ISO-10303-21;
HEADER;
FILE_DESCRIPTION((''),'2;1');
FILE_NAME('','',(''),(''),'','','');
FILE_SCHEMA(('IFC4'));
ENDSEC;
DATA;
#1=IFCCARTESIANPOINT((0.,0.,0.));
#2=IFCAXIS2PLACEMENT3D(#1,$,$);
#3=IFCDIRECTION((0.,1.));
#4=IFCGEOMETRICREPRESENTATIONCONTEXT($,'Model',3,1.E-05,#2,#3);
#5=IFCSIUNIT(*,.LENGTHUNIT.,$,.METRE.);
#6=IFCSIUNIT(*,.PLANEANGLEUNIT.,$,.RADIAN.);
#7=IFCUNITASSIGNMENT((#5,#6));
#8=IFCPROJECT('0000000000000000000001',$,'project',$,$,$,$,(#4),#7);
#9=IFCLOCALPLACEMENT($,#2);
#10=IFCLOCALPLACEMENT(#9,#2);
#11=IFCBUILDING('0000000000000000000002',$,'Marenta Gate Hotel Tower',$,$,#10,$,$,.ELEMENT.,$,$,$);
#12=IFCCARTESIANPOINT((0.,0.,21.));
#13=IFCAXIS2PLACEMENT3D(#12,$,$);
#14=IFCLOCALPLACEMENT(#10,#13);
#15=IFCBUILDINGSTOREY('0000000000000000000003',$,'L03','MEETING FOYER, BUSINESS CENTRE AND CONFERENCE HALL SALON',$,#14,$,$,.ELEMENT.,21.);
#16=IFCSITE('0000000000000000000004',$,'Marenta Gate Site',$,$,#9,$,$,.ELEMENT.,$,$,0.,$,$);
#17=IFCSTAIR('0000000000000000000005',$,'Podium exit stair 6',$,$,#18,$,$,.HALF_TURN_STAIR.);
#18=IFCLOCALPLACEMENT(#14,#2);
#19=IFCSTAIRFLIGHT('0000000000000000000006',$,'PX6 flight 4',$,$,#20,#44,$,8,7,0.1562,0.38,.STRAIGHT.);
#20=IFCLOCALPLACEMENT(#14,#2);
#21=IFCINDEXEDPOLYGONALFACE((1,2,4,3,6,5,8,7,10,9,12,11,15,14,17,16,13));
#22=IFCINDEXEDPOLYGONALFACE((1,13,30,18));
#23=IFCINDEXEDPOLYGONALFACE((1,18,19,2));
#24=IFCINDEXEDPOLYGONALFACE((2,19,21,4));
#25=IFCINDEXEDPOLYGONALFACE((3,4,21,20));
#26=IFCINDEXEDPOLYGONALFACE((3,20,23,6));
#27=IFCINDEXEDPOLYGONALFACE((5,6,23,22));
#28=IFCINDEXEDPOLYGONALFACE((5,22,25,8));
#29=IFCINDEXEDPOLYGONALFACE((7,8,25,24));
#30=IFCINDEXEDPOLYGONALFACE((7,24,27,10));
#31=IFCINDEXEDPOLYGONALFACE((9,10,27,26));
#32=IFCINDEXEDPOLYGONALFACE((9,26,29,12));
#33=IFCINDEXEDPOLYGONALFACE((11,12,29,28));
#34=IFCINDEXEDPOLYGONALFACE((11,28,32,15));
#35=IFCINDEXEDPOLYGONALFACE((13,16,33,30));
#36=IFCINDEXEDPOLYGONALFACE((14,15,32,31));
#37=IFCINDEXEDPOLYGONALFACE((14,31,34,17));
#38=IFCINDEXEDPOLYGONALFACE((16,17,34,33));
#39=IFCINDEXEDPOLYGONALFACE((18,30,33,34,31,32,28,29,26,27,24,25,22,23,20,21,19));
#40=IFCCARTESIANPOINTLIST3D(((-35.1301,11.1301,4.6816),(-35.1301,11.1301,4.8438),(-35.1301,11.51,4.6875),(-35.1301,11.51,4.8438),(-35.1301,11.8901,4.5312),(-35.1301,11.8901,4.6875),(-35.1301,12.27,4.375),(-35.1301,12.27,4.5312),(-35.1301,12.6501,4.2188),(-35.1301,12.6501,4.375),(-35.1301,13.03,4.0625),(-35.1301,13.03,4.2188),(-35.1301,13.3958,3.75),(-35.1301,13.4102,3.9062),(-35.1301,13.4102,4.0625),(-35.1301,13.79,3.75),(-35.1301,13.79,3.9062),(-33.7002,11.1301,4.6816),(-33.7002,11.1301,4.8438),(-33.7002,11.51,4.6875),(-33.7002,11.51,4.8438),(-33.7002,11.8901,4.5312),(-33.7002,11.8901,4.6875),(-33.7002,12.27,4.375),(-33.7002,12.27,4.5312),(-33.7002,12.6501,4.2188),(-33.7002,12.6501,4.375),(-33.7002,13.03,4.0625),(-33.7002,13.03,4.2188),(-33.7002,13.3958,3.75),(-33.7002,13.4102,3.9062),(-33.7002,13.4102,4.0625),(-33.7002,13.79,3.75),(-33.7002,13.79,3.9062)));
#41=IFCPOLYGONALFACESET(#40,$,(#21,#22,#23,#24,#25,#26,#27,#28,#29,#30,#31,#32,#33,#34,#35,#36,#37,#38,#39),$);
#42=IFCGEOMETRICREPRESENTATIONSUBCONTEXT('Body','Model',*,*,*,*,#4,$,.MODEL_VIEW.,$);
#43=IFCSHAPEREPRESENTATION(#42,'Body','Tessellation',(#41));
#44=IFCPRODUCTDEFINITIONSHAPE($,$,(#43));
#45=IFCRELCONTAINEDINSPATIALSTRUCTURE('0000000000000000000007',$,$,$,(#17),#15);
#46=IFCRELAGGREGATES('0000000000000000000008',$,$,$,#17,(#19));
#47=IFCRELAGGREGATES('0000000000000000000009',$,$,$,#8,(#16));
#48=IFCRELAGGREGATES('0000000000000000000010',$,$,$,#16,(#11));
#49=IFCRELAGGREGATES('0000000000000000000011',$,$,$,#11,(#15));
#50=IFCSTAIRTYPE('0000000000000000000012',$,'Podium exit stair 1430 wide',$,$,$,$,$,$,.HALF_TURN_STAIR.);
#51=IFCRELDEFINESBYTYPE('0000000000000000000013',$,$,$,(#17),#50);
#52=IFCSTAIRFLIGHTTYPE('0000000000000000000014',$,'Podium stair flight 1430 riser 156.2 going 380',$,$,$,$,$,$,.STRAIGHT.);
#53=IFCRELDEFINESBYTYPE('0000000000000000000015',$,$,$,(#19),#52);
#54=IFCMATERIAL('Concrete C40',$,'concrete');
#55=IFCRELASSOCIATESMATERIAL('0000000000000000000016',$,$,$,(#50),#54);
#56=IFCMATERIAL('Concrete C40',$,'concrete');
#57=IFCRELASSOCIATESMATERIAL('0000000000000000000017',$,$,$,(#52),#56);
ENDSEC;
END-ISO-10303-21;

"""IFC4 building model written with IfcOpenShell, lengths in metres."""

from ifc_helpers import new_model, si_unit, direction, frame, origin, place, context, subcontext, project, spatial, polyline, outline, extrude, material, type_object, element, aggregate, save


model = new_model("IFC4")

# Units and contexts
model_context = context("Model", 3, precision=1e-05, world=origin(), true_north=direction((0.0, 1.0)))
body_context = subcontext(model_context, "Body", "Model", "MODEL_VIEW")
ifc_project = project(units=[si_unit("LENGTHUNIT", "METRE"), si_unit("PLANEANGLEUNIT", "RADIAN")], contexts=[model_context])

# Site, building, storey
site_placement = place(None, origin())
site = spatial("IfcSite", under=ifc_project, at=site_placement, Name="Marenta Gate Site", CompositionType="ELEMENT", RefElevation=0.0)
building_placement = place(site_placement, origin())
building = spatial("IfcBuilding", under=site, at=building_placement, Name="Marenta Gate Hotel Tower", CompositionType="ELEMENT")
storey_placement = place(building_placement, frame((0.0, 0.0, 21.0)))
storey = spatial("IfcBuildingStorey", under=building, at=storey_placement, Name="L03", Description="MEETING FOYER, BUSINESS CENTRE AND CONFERENCE HALL SALON", CompositionType="ELEMENT", Elevation=21.0)

# Stair, stair flight
ifc_material_1 = material(Name="Concrete C40", Category="concrete")
stair_type = type_object("IfcStairType", Name="Podium exit stair 1430 wide", PredefinedType="HALF_TURN_STAIR", material=ifc_material_1)
stair_placement = place(storey_placement, origin())
stair = element("IfcStair", 1, at=stair_placement, inside=storey, type_object=stair_type, Name="Podium exit stair 6", PredefinedType="HALF_TURN_STAIR")
ifc_material_2 = material(Name="Concrete C40", Category="concrete")
stair_flight_type = type_object("IfcStairFlightType", Name="Podium stair flight 1430 riser 156.2 going 380", PredefinedType="STRAIGHT", material=ifc_material_2)
stair_flight_1_placement = place(storey_placement, frame((-34.415, 13.79, 3.75), z_axis=(0.0, 0.0, 1.0), x_axis=(0.0, -1.0, 0.0)))
stair_flight_1 = element("IfcStairFlight", 2, at=stair_flight_1_placement, type_object=stair_flight_type, Name="PX6 flight 4", NumberOfRisers=8, NumberOfTreads=7, PredefinedType="STRAIGHT", RiserHeight=0.1562, TreadLength=0.38, context=body_context, shape_type="SweptSolid", body=[
    extrude(outline(polyline([(0.0, 0.0), (0.0, 0.1562), (0.3799, 0.1562), (0.3799, 0.3125), (0.76, 0.3125), (0.76, 0.4688), (1.1399, 0.4688), (1.1399, 0.625), (1.52, 0.625), (1.52, 0.7812), (1.8999, 0.7812), (1.8999, 0.9375), (2.28, 0.9375), (2.28, 1.0938), (2.6599, 1.0938), (2.6599, 1.25), (2.6599, 0.9316), (0.3943, 0.0), (0.0, 0.0)])), frame((0.0, 0.7148, 0.0), z_axis=(0.0, -1.0, 0.0), x_axis=(1.0, 0.0, 0.0)), (0.0, 0.0, 1.0), 1.4299),
])
aggregate(stair, [stair_flight_1])

save(model, "model.ifc")
